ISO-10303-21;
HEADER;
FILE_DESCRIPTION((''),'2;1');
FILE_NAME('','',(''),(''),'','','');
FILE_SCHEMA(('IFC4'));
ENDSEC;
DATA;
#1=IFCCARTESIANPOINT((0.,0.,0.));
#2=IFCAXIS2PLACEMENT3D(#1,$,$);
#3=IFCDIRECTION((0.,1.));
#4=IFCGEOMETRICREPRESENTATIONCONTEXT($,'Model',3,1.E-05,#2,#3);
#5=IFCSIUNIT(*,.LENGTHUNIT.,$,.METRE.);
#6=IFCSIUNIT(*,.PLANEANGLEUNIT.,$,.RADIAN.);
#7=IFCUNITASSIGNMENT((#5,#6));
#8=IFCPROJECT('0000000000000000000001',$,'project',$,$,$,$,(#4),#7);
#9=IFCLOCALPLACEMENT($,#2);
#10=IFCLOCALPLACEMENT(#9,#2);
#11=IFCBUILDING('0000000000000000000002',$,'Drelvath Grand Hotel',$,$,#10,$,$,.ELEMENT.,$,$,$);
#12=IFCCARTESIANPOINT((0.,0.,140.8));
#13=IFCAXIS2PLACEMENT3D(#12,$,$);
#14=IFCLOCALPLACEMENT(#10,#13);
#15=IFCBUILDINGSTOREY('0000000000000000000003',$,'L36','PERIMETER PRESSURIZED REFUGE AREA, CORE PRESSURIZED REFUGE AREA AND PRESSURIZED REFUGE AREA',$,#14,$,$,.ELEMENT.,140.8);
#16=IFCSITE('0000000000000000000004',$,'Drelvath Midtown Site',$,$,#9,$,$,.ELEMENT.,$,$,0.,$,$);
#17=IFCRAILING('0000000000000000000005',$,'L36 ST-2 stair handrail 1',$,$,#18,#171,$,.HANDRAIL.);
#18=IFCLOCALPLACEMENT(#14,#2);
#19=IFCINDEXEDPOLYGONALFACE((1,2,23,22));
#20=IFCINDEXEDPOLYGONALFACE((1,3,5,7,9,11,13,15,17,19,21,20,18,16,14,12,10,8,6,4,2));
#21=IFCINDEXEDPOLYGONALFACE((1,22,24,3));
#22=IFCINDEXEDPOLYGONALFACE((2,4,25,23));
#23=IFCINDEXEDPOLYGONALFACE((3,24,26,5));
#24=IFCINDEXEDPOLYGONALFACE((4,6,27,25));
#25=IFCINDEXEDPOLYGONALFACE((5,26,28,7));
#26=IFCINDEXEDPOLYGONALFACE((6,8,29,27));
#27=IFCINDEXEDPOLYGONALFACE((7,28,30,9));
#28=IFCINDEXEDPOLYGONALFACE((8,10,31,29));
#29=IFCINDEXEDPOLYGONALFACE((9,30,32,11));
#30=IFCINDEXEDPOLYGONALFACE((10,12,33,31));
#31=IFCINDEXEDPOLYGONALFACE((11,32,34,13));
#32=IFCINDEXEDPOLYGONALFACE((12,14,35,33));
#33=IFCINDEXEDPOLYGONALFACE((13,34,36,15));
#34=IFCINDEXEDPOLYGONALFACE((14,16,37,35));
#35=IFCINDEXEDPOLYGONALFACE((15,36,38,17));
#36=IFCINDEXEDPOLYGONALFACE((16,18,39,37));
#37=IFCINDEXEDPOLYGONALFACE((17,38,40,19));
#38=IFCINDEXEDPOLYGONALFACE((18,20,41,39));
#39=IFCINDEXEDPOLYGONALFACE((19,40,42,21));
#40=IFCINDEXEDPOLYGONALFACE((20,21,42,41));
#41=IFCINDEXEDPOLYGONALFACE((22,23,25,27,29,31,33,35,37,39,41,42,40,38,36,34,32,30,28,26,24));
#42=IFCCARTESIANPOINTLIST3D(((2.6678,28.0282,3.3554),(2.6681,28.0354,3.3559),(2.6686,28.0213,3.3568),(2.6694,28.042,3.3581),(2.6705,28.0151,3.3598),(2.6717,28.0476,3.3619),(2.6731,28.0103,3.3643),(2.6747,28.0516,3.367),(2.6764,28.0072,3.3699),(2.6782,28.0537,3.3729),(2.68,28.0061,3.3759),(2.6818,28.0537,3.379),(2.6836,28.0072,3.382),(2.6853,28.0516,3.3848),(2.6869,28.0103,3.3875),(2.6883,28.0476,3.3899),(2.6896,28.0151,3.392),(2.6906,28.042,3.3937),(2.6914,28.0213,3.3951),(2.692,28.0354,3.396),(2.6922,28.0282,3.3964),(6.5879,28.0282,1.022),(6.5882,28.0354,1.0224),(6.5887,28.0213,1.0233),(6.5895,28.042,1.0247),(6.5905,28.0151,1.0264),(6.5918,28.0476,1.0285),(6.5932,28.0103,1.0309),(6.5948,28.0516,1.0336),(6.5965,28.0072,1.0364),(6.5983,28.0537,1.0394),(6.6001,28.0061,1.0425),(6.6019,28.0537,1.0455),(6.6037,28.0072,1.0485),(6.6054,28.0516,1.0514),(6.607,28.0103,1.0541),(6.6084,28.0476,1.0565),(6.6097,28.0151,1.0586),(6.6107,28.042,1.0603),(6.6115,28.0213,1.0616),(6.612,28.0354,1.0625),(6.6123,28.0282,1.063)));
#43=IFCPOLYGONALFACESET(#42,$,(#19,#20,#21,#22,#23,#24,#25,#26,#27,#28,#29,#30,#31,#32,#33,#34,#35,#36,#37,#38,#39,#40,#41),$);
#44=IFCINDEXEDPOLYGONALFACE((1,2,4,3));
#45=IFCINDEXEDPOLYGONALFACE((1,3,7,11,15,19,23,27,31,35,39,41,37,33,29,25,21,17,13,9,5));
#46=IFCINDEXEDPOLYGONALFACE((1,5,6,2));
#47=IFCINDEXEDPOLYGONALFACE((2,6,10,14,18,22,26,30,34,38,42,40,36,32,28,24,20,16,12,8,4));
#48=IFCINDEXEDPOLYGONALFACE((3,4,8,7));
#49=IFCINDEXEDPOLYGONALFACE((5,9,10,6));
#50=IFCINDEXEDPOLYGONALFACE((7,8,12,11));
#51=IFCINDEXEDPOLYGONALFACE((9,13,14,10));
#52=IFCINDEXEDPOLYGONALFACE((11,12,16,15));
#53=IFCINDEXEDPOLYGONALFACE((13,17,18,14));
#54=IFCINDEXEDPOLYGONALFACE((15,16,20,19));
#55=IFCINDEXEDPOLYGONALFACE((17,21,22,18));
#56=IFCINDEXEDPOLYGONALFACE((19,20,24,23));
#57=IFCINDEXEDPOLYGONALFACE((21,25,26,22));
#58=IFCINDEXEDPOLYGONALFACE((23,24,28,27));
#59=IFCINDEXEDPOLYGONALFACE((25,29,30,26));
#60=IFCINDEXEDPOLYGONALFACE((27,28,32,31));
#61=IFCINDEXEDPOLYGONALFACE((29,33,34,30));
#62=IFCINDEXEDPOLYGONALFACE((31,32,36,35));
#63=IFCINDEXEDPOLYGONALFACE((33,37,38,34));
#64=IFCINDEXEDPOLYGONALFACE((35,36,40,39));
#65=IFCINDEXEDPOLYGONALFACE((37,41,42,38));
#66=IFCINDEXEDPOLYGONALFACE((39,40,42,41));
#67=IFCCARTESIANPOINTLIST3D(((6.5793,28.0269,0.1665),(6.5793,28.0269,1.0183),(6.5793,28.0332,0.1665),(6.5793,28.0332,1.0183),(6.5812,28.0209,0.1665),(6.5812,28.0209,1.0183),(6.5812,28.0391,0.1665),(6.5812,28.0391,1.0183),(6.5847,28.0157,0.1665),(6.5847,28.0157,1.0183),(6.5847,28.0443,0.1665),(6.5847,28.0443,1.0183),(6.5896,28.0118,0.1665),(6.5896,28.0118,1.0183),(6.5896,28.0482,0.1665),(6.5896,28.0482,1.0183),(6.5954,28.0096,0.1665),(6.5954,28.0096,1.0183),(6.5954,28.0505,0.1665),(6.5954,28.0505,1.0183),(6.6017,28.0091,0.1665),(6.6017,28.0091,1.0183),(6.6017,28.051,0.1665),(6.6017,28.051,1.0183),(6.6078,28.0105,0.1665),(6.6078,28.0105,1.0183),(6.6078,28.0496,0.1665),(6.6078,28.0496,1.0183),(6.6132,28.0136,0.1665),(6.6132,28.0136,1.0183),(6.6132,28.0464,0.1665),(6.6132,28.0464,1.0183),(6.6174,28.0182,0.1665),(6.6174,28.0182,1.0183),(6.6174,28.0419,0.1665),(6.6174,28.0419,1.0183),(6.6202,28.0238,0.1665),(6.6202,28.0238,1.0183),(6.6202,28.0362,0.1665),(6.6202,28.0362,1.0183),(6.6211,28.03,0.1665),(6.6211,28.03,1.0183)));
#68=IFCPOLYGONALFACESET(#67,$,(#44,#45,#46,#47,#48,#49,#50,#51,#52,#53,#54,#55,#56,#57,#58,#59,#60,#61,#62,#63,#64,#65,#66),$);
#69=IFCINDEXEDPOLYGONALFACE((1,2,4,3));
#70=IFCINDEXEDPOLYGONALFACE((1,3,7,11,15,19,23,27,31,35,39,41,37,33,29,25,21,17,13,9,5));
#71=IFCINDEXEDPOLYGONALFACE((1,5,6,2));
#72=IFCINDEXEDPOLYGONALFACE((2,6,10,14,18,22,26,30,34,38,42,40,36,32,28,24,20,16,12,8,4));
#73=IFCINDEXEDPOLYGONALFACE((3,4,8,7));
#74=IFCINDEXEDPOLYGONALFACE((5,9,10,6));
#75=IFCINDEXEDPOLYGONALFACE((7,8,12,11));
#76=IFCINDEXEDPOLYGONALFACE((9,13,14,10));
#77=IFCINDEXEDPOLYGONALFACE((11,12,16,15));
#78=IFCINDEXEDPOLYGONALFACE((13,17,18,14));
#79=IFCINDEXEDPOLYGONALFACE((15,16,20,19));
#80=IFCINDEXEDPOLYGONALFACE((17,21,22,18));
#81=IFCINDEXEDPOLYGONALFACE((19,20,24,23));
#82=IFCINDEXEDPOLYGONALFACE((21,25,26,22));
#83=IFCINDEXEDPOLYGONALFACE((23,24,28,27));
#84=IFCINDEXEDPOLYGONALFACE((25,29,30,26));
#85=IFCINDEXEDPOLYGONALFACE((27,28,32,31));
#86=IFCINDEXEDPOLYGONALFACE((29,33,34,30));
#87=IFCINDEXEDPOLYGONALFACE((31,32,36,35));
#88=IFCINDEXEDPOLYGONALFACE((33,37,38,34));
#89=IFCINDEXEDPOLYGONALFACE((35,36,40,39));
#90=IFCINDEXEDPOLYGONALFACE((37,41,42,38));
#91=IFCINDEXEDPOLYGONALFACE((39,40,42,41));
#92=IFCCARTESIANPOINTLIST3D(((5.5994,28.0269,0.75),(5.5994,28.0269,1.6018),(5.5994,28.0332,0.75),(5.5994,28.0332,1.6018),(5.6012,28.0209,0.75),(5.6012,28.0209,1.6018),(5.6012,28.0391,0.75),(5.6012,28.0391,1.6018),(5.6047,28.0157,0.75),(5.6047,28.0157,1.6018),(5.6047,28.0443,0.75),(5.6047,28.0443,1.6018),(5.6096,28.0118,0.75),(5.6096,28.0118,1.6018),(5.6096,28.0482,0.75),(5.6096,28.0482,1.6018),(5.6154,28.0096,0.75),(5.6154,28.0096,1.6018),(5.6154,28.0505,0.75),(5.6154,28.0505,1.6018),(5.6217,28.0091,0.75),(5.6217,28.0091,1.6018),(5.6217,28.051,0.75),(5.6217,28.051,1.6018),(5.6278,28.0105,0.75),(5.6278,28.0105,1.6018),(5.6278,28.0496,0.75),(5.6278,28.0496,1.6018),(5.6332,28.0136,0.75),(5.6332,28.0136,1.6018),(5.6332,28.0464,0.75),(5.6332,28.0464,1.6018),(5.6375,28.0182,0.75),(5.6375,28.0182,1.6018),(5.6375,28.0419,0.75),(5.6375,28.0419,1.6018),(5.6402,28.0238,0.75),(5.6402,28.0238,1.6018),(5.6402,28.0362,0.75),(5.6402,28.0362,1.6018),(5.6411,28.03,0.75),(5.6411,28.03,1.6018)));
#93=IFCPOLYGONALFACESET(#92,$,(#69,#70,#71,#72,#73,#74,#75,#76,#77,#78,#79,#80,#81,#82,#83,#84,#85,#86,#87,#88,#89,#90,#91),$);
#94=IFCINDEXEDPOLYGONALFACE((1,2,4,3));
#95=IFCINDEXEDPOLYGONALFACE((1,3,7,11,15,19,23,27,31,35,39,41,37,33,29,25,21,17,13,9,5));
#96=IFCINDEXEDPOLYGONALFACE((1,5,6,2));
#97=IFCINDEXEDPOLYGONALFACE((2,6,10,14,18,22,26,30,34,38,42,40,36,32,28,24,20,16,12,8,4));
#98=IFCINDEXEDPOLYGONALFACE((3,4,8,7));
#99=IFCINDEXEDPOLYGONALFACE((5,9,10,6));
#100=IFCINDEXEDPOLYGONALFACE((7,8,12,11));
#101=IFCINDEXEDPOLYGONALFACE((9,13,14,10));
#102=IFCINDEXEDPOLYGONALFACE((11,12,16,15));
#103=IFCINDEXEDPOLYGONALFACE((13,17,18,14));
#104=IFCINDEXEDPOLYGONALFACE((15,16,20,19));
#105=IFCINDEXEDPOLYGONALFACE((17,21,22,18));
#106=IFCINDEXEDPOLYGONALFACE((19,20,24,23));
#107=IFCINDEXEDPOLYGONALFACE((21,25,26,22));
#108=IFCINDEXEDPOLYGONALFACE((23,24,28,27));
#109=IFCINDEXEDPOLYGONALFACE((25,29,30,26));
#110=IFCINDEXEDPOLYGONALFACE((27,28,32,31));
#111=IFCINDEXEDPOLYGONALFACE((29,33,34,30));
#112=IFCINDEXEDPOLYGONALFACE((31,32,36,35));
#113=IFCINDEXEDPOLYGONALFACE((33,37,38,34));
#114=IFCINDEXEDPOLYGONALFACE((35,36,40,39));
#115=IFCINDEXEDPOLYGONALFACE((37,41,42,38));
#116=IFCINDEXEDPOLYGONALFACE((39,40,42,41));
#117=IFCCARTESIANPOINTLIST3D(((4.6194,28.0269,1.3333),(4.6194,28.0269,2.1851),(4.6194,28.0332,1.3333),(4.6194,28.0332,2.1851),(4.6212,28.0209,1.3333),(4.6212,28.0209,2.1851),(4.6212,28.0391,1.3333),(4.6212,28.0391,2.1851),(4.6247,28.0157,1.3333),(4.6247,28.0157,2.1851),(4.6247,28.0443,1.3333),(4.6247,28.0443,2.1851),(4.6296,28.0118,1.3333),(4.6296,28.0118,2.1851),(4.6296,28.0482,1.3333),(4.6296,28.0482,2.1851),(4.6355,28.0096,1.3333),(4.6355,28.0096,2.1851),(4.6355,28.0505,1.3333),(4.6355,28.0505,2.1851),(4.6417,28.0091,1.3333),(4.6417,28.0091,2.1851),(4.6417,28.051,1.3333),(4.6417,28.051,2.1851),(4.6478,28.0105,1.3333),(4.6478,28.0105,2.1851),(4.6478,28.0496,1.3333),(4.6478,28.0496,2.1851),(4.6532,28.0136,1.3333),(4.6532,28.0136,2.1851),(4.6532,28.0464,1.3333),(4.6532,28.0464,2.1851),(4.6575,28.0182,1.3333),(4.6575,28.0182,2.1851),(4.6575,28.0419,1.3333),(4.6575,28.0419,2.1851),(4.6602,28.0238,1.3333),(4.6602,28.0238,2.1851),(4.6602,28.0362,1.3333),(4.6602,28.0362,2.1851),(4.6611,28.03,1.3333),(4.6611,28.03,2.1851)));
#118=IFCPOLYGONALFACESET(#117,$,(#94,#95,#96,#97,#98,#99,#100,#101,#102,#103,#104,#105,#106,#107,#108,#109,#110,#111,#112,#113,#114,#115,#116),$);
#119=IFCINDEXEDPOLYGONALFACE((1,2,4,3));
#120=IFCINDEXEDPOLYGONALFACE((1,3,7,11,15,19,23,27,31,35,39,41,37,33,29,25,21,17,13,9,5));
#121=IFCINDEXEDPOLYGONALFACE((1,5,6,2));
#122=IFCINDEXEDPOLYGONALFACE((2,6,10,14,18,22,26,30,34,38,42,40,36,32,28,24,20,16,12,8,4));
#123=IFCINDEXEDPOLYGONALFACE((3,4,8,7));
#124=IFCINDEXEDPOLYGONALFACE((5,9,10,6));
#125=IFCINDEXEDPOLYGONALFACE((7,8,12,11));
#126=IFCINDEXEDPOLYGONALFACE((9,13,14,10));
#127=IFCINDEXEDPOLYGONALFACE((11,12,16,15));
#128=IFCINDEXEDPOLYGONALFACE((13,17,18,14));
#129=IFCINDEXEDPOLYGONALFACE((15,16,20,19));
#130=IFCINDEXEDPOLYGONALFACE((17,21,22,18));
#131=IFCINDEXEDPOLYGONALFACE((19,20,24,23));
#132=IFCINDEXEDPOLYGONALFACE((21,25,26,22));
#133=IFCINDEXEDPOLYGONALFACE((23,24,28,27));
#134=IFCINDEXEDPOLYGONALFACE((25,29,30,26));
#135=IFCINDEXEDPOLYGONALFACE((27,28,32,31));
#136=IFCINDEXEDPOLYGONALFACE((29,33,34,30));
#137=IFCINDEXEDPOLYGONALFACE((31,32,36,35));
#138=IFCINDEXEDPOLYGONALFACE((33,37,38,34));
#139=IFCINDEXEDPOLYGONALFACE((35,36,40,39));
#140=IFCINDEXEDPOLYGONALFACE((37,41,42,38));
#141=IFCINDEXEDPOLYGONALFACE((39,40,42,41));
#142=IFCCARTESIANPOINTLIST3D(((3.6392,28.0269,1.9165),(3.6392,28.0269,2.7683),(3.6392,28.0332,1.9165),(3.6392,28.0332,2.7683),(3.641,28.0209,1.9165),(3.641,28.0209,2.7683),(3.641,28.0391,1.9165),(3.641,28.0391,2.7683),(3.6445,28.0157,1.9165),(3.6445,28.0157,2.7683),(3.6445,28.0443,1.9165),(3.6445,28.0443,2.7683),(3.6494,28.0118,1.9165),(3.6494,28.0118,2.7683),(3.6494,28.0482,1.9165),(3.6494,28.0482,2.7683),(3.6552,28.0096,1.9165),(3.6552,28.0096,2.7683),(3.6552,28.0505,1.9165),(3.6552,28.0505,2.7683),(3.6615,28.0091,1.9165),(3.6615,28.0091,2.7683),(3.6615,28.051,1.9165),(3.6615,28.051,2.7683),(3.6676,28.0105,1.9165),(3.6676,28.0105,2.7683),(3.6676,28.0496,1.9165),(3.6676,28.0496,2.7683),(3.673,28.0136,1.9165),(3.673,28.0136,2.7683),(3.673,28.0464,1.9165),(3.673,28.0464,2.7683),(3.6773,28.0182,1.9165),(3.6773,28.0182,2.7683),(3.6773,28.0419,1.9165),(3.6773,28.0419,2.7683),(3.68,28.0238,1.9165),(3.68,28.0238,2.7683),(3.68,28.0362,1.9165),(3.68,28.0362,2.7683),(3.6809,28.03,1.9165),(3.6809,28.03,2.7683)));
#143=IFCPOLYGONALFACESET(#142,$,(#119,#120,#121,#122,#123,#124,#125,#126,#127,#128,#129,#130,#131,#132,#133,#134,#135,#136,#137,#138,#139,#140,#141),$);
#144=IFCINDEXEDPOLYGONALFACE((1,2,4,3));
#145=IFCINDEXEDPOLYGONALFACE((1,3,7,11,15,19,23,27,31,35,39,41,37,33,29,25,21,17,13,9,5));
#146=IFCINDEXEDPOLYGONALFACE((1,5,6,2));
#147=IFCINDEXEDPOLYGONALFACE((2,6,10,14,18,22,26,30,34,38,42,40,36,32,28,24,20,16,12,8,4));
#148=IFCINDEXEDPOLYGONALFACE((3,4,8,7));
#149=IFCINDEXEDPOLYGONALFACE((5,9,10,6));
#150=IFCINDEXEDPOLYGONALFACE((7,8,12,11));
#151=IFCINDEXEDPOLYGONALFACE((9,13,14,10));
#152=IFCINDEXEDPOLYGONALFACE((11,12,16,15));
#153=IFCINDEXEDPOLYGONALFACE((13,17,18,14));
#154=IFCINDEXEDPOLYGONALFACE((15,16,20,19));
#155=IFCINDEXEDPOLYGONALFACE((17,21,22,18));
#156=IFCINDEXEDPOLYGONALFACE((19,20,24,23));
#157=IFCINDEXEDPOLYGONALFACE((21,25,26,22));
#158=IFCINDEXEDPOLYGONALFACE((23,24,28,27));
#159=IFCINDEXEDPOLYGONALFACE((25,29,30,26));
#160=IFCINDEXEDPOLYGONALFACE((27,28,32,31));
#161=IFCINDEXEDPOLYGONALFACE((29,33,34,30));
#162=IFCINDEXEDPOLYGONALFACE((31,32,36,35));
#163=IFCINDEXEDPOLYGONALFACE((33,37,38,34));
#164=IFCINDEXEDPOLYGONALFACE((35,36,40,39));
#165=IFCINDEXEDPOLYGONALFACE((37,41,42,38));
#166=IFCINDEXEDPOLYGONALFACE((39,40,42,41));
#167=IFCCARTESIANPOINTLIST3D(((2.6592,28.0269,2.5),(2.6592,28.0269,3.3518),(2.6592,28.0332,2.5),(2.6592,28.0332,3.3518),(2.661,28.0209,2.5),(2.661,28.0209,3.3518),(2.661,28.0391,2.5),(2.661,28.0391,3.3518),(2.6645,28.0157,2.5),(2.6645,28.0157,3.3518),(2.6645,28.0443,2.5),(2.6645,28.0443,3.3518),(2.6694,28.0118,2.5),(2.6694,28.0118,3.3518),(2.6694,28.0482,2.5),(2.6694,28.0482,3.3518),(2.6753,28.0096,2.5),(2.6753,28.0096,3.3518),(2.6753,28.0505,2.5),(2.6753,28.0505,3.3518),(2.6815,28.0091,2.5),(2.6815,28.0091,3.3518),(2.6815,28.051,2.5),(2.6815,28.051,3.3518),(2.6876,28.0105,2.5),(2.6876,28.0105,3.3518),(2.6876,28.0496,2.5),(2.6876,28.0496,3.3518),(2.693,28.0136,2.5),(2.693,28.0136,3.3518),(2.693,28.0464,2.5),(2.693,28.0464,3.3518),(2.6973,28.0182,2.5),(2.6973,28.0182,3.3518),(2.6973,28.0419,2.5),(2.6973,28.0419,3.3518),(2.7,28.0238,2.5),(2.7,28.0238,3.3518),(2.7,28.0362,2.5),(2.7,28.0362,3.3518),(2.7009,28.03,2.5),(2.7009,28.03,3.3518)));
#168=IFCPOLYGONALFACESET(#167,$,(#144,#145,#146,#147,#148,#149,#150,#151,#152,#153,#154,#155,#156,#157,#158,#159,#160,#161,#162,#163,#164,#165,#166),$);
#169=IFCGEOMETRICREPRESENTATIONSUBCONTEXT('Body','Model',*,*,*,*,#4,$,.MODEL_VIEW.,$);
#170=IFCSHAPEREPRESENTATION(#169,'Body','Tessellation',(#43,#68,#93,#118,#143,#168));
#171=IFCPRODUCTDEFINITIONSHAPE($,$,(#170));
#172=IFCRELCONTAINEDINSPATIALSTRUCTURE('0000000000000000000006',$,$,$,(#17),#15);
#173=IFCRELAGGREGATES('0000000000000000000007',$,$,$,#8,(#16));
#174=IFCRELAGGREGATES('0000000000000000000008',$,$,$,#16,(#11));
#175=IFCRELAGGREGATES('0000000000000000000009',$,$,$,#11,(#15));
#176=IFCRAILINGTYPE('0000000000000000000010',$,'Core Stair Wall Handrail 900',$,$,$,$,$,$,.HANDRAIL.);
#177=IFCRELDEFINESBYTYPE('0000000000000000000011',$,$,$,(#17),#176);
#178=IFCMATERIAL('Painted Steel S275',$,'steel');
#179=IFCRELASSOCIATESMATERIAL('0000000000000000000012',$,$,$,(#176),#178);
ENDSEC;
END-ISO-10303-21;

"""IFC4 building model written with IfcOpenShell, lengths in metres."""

from ifc_helpers import new_model, si_unit, direction, frame, origin, origin_2d, place, context, subcontext, project, spatial, circle, extrude, material, type_object, element, save


model = new_model("IFC4")

# Units and contexts
model_context = context("Model", 3, precision=1e-05, world=origin(), true_north=direction((0.0, 1.0)))
body_context = subcontext(model_context, "Body", "Model", "MODEL_VIEW")
ifc_project = project(units=[si_unit("LENGTHUNIT", "METRE"), si_unit("PLANEANGLEUNIT", "RADIAN")], contexts=[model_context])

# Site, building, storey
site_placement = place(None, origin())
site = spatial("IfcSite", under=ifc_project, at=site_placement, Name="Drelvath Midtown Site", CompositionType="ELEMENT", RefElevation=0.0)
building_placement = place(site_placement, origin())
building = spatial("IfcBuilding", under=site, at=building_placement, Name="Drelvath Grand Hotel", CompositionType="ELEMENT")
storey_placement = place(building_placement, frame((0.0, 0.0, 140.8)))
storey = spatial("IfcBuildingStorey", under=building, at=storey_placement, Name="L36", Description="PERIMETER PRESSURIZED REFUGE AREA, CORE PRESSURIZED REFUGE AREA AND PRESSURIZED REFUGE AREA", CompositionType="ELEMENT", Elevation=140.8)

# Shared definitions
ifc_material_1 = material(Name="Painted Steel S275", Category="steel")

# Railing
railing_type_1 = type_object("IfcRailingType", Name="Core Stair Wall Handrail 900", PredefinedType="HANDRAIL", material=ifc_material_1)
railing_1_placement = place(storey_placement, frame((6.6001, 28.03, 0.1665)))
element("IfcRailing", 1, at=railing_1_placement, inside=storey, type_object=railing_type_1, Name="L36 ST-2 stair handrail 1", PredefinedType="HANDRAIL", context=body_context, shape_type="SweptSolid", body=[
    extrude(circle(Radius=0.0239, at=origin_2d()), frame((0.0, 0.0, 0.876), z_axis=(-0.859287, 0.0, 0.511494), x_axis=(0.0, -1.0, 0.0)), (0.0, 0.0, 1.0), 4.562),
    extrude(circle(Radius=0.021, at=origin_2d()), origin(), (0.0, 0.0, 1.0), 0.8518),
    extrude(circle(Radius=0.021, at=origin_2d()), frame((-0.98, 0.0, 0.5835)), (0.0, 0.0, 1.0), 0.8518),
    extrude(circle(Radius=0.021, at=origin_2d()), frame((-1.96, 0.0, 1.1667)), (0.0, 0.0, 1.0), 0.8518),
    extrude(circle(Radius=0.021, at=origin_2d()), frame((-2.9402, 0.0, 1.75)), (0.0, 0.0, 1.0), 0.8518),
    extrude(circle(Radius=0.021, at=origin_2d()), frame((-3.9202, 0.0, 2.3335)), (0.0, 0.0, 1.0), 0.8518),
])

save(model, "model.ifc")
